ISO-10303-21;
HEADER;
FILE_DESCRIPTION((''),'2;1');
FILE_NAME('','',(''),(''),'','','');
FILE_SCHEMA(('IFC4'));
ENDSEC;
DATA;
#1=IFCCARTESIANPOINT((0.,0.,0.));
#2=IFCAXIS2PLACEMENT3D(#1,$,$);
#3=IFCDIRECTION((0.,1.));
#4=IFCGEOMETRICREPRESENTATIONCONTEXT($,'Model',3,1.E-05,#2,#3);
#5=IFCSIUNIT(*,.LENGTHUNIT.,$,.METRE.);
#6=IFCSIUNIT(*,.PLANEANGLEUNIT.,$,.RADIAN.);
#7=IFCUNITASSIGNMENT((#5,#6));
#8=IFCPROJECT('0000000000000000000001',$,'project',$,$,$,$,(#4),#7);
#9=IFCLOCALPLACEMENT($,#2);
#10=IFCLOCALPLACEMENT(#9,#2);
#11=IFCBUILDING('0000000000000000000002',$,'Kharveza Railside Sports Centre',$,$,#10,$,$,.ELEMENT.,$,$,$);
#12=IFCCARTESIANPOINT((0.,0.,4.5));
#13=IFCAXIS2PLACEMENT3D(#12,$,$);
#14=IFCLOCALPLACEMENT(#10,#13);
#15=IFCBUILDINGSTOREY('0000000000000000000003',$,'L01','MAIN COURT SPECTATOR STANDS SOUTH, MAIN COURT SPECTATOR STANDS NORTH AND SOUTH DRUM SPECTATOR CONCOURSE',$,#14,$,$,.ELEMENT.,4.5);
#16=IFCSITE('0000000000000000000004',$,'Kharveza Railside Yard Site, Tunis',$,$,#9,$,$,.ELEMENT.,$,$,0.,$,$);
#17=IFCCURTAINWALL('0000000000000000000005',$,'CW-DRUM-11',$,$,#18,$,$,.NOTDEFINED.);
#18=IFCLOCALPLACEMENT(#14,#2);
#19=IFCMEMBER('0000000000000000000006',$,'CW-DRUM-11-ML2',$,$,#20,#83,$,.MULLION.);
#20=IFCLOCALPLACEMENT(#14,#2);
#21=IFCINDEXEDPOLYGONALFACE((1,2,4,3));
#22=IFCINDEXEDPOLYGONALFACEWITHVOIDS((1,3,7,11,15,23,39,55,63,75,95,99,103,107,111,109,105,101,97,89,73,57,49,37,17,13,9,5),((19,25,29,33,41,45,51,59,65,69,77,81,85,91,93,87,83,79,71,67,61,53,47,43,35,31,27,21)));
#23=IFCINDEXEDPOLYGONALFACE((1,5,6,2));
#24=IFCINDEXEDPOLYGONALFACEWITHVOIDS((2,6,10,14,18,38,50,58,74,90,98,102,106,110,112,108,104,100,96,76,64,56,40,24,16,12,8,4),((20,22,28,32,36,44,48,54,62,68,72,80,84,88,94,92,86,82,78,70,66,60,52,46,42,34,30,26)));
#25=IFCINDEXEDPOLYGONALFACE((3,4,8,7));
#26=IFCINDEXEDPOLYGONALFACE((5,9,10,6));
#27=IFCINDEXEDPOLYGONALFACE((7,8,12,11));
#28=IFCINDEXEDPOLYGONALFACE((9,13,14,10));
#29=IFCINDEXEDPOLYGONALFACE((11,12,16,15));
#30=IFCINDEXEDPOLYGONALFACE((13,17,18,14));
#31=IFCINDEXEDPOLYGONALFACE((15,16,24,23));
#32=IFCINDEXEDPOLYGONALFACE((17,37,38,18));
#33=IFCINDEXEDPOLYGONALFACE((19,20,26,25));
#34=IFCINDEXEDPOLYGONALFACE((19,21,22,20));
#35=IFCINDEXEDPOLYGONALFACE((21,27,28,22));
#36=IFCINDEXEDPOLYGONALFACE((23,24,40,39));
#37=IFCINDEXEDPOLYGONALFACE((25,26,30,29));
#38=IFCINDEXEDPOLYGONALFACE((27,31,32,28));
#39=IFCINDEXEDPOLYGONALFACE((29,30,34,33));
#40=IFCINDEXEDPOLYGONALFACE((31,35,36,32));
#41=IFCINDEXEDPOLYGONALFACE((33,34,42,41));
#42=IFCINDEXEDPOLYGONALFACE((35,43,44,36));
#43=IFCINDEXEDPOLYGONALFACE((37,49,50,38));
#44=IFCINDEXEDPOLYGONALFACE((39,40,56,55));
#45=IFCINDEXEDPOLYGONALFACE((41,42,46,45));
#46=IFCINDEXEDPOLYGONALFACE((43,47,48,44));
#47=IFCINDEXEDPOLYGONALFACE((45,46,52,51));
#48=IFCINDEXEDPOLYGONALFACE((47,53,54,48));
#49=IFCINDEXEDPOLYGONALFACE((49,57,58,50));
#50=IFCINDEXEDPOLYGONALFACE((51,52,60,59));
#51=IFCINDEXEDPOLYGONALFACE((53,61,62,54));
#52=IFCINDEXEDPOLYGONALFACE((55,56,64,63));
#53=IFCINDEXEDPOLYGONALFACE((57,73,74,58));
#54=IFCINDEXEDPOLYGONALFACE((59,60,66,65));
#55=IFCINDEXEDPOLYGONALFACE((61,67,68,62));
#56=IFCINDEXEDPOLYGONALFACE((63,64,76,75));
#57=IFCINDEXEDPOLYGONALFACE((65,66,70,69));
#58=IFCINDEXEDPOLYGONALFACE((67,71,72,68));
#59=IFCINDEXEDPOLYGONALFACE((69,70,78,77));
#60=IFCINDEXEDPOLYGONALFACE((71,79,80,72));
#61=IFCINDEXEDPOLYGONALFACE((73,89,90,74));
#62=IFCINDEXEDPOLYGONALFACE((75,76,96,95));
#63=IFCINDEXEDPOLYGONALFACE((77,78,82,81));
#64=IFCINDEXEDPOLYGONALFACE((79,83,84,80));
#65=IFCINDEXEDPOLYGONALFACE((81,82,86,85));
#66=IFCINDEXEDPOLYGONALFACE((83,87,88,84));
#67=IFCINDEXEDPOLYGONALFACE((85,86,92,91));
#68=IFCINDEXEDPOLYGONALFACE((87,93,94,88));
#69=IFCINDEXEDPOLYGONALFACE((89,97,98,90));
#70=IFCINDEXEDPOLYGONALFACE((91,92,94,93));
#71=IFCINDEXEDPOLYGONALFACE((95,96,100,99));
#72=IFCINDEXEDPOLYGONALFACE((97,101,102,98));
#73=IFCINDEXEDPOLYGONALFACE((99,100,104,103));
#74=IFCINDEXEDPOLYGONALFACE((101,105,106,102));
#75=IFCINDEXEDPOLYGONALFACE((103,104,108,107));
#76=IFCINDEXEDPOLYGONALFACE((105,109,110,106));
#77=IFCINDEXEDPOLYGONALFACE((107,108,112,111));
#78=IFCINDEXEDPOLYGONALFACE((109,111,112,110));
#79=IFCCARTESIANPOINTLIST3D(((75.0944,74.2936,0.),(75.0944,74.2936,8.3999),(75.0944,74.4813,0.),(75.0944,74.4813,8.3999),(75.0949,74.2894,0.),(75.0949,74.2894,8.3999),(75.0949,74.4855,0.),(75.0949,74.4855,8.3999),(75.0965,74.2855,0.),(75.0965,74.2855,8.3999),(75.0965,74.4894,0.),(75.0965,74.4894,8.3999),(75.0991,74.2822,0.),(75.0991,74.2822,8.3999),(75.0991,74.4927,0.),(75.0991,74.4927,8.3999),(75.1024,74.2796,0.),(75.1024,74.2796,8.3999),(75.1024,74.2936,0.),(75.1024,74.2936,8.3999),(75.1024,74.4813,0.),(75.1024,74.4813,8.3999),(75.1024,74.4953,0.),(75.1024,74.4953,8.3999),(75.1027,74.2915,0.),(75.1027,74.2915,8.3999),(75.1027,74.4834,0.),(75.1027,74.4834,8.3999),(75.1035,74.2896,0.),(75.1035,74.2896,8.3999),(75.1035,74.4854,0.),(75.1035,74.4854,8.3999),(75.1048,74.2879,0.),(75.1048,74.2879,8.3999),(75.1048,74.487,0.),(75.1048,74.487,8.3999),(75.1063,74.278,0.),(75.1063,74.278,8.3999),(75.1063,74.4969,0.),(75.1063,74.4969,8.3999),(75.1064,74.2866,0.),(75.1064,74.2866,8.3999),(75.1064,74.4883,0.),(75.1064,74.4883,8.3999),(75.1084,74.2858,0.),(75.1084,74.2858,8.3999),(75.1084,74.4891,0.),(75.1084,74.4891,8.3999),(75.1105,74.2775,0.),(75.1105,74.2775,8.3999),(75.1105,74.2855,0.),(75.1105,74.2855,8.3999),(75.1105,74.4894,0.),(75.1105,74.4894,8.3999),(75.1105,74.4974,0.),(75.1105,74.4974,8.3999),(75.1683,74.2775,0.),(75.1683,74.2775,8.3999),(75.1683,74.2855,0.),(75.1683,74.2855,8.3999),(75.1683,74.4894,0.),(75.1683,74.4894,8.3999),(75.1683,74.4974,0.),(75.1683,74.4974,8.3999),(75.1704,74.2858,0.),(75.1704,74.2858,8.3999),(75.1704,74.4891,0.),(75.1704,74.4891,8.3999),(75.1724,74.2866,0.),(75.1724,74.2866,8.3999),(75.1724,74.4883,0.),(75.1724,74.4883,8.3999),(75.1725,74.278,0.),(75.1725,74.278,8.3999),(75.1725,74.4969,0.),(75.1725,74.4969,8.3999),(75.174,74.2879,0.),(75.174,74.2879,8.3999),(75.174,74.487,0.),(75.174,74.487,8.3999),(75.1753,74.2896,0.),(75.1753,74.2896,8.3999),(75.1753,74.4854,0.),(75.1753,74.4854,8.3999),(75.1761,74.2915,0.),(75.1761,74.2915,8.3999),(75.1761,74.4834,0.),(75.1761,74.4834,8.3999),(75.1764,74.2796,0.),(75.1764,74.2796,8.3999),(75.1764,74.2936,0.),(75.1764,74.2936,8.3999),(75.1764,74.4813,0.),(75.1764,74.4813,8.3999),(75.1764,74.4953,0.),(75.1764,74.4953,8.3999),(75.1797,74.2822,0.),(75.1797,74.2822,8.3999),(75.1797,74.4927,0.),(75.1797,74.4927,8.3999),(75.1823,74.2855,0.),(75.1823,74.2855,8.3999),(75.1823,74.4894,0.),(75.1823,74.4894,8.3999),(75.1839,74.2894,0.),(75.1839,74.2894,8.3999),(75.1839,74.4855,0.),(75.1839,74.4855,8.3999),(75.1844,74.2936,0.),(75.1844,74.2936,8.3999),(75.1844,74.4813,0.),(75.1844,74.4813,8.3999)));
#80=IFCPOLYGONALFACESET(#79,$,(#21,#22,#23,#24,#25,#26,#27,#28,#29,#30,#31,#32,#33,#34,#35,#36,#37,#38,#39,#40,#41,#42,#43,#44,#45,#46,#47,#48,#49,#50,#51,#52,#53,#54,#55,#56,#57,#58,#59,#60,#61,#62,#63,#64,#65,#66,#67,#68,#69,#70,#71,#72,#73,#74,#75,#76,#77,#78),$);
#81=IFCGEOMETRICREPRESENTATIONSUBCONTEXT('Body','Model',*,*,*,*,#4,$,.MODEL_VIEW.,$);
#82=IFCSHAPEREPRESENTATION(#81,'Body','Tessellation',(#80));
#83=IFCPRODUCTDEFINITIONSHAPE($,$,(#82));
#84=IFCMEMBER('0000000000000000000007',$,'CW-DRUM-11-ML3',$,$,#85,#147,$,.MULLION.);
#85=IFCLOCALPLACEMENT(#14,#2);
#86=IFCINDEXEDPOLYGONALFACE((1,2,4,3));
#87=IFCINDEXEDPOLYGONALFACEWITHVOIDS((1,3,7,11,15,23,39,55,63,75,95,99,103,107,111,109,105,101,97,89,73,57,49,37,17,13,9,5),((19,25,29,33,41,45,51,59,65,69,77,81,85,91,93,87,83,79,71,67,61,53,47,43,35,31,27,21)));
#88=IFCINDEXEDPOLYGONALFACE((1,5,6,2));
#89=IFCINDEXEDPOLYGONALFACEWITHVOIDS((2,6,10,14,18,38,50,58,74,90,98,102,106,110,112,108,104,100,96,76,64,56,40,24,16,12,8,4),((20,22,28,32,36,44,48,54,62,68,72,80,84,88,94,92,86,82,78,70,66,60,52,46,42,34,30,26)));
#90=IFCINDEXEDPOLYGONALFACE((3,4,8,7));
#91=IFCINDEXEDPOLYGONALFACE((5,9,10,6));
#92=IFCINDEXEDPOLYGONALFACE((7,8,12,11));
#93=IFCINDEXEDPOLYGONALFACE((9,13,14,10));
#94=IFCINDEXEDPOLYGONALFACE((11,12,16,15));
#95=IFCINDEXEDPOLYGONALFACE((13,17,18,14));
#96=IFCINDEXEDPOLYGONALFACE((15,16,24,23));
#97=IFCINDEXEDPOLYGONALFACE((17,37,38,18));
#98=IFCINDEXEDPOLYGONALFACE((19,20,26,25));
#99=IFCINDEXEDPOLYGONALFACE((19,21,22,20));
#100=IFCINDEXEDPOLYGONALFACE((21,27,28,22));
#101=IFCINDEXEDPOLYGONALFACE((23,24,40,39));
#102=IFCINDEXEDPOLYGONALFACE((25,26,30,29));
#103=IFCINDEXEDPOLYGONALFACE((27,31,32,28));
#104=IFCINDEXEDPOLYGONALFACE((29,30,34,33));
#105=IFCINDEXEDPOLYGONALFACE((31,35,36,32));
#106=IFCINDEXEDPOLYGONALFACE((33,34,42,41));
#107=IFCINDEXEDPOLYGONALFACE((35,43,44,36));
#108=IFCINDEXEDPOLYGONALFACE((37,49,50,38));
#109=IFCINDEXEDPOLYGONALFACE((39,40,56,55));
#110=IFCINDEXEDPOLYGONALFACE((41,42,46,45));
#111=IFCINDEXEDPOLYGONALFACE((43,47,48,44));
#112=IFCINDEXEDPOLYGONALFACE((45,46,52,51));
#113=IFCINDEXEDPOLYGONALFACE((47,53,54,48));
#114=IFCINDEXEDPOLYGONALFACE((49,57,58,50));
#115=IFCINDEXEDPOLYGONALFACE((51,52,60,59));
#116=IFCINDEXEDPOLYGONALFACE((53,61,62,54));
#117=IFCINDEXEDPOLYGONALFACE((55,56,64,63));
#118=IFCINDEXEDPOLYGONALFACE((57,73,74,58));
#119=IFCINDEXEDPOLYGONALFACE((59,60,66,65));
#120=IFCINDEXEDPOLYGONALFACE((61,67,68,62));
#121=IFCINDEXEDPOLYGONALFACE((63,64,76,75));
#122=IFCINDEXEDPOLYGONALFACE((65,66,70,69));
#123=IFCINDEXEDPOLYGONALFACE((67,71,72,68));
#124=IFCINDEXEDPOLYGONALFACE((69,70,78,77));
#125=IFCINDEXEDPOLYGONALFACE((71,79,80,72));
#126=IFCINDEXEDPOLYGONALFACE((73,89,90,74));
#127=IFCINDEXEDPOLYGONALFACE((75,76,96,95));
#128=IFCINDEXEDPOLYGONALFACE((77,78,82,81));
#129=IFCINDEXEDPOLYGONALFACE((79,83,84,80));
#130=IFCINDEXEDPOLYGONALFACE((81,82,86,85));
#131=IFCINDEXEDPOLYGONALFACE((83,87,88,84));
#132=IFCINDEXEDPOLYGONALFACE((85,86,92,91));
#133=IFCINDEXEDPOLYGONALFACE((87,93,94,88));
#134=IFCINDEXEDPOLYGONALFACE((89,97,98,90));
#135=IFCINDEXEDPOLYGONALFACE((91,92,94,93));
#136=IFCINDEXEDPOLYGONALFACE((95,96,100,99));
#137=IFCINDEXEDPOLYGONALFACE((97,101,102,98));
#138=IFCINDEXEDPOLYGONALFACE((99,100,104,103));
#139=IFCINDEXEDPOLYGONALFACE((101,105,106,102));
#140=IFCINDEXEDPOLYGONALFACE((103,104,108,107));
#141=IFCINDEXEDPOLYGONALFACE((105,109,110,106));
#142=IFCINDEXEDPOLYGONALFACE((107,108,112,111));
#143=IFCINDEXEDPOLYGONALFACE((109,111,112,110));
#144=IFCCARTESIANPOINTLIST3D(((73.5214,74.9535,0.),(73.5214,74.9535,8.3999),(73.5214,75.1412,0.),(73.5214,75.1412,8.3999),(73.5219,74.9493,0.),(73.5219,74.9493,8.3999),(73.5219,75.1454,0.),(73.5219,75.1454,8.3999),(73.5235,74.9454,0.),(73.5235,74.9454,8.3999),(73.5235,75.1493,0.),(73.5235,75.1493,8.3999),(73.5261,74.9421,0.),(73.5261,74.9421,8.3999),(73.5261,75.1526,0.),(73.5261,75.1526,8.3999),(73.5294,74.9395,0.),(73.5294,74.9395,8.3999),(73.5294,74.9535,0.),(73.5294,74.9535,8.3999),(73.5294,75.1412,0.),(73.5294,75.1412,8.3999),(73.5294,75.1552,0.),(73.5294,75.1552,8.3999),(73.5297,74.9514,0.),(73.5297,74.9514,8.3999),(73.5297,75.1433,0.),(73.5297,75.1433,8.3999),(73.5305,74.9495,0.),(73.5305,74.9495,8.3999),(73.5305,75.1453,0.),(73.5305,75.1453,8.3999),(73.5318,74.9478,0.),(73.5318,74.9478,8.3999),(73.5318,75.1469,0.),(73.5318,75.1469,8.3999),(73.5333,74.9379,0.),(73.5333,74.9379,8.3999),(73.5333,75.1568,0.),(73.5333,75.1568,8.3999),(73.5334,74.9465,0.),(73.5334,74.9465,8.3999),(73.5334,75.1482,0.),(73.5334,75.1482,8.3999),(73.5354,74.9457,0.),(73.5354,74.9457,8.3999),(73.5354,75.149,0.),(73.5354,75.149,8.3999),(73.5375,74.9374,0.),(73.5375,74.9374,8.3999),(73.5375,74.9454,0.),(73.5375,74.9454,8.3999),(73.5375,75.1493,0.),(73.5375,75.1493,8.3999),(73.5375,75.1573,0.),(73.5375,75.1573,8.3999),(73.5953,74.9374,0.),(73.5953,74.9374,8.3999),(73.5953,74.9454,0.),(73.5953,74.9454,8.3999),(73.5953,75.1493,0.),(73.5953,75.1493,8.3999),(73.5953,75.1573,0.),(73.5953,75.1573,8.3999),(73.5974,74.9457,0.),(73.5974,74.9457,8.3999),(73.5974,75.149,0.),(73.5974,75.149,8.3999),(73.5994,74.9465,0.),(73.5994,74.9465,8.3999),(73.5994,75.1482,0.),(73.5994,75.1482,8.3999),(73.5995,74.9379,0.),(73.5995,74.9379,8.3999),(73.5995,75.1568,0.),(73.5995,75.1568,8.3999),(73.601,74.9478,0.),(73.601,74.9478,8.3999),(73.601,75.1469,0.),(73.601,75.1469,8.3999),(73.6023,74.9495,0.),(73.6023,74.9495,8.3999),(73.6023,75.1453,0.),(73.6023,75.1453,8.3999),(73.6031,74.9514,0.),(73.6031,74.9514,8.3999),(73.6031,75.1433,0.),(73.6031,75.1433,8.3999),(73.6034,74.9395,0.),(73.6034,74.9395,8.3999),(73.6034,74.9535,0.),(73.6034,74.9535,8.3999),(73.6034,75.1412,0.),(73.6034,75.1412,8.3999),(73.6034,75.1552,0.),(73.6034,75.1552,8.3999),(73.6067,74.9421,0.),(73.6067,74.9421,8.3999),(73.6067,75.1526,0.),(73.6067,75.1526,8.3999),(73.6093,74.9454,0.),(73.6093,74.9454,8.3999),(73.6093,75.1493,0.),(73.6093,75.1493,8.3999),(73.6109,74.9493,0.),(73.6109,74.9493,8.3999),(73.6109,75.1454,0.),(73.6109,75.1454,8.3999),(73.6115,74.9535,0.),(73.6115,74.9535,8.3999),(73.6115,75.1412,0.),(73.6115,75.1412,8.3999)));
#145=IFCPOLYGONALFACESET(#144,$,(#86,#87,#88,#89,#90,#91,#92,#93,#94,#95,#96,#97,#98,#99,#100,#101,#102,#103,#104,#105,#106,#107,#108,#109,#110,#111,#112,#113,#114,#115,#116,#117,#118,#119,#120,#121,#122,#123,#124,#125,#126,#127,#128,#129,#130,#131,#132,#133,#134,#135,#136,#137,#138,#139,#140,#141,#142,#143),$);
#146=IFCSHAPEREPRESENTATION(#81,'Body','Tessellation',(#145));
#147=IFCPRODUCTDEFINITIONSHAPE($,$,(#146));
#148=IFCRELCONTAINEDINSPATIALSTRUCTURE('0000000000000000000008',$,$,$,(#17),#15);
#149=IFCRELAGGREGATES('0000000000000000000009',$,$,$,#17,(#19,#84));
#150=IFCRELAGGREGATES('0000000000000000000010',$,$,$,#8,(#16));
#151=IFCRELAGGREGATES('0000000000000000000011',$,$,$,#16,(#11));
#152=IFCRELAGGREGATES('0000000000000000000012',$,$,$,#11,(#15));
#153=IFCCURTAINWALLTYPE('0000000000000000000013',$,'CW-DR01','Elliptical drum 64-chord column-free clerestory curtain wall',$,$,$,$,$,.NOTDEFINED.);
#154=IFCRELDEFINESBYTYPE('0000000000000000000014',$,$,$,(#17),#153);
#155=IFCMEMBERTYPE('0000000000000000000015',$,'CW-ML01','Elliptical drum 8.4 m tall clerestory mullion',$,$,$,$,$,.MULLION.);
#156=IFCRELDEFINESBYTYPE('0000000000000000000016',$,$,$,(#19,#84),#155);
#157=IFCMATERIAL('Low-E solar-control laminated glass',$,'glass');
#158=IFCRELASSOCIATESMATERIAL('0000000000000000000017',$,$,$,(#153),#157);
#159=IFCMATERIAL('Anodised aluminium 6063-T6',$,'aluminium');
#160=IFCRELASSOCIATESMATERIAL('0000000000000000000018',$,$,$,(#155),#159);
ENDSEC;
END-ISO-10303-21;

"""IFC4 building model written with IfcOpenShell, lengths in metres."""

from ifc_helpers import new_model, si_unit, direction, frame, origin, origin_2d, place, context, subcontext, project, spatial, hollow_rectangle, extrude, material, material_profile, profile_set, type_object, element, aggregate, save


model = new_model("IFC4")

# Units and contexts
model_context = context("Model", 3, precision=1e-05, world=origin(), true_north=direction((0.0, 1.0)))
body_context = subcontext(model_context, "Body", "Model", "MODEL_VIEW")
ifc_project = project(units=[si_unit("LENGTHUNIT", "METRE"), si_unit("PLANEANGLEUNIT", "RADIAN")], contexts=[model_context])

# Site, building, storey
site_placement = place(None, origin())
site = spatial("IfcSite", under=ifc_project, at=site_placement, Name="Kharveza Railside Yard Site, Tunis", CompositionType="ELEMENT", RefElevation=0.0)
building_placement = place(site_placement, origin())
building = spatial("IfcBuilding", under=site, at=building_placement, Name="Kharveza Railside Sports Centre", CompositionType="ELEMENT")
storey_placement = place(building_placement, frame((0.0, 0.0, 4.5)))
storey = spatial("IfcBuildingStorey", under=building, at=storey_placement, Name="L01", Description="MAIN COURT SPECTATOR STANDS SOUTH, MAIN COURT SPECTATOR STANDS NORTH AND SOUTH DRUM SPECTATOR CONCOURSE", CompositionType="ELEMENT", Elevation=4.5)

# Curtain wall, members
ifc_material_1 = material(Name="Low-E solar-control laminated glass", Category="glass")
curtain_wall_type = type_object("IfcCurtainWallType", Name="CW-DR01", Description="Elliptical drum 64-chord column-free clerestory curtain wall", PredefinedType="NOTDEFINED", material=ifc_material_1)
curtain_wall_1_placement = place(storey_placement, origin())
curtain_wall_1 = element("IfcCurtainWall", 1, at=curtain_wall_1_placement, inside=storey, type_object=curtain_wall_type, Name="CW-DRUM-11", PredefinedType="NOTDEFINED")
ifc_material_2 = material(Name="Anodised aluminium 6063-T6", Category="aluminium")
ifc_material_profile_1 = material_profile(ifc_material_2, hollow_rectangle(XDim=0.0901, YDim=0.22, WallThickness=0.0081, InnerFilletRadius=0.0081, OuterFilletRadius=0.0161, at=origin_2d()), Name="RHS 90x220x8.0")
ifc_profile_set_1 = profile_set([ifc_material_profile_1], Name="Anodised aluminium 6063-T6")
member_type_1 = type_object("IfcMemberType", Name="CW-ML01", Description="Elliptical drum 8.4 m tall clerestory mullion", PredefinedType="MULLION", material=ifc_profile_set_1)
member_1_placement = place(storey_placement, frame((75.1394, 74.3875, 0.0), z_axis=(0.0, 0.0, 1.0), x_axis=(1.0, 0.0, 0.0)))
member_1 = element("IfcMember", 2, at=member_1_placement, type_object=member_type_1, Name="CW-DRUM-11-ML2", PredefinedType="MULLION", context=body_context, shape_type="SweptSolid", body=[
    extrude(hollow_rectangle(XDim=0.0901, YDim=0.22, WallThickness=0.0081, InnerFilletRadius=0.0081, OuterFilletRadius=0.0161, at=origin_2d()), origin(), (0.0, 0.0, 1.0), 8.3999),
])
member_2_placement = place(storey_placement, frame((73.5664, 75.0474, 0.0), z_axis=(0.0, 0.0, 1.0), x_axis=(1.0, 0.0, 0.0)))
member_2 = element("IfcMember", 3, at=member_2_placement, type_object=member_type_1, Name="CW-DRUM-11-ML3", PredefinedType="MULLION", context=body_context, shape_type="SweptSolid", body=[
    extrude(hollow_rectangle(XDim=0.0901, YDim=0.22, WallThickness=0.0081, InnerFilletRadius=0.0081, OuterFilletRadius=0.0161, at=origin_2d()), origin(), (0.0, 0.0, 1.0), 8.3999),
])

aggregate(curtain_wall_1, [member_1, member_2])

save(model, "model.ifc")
